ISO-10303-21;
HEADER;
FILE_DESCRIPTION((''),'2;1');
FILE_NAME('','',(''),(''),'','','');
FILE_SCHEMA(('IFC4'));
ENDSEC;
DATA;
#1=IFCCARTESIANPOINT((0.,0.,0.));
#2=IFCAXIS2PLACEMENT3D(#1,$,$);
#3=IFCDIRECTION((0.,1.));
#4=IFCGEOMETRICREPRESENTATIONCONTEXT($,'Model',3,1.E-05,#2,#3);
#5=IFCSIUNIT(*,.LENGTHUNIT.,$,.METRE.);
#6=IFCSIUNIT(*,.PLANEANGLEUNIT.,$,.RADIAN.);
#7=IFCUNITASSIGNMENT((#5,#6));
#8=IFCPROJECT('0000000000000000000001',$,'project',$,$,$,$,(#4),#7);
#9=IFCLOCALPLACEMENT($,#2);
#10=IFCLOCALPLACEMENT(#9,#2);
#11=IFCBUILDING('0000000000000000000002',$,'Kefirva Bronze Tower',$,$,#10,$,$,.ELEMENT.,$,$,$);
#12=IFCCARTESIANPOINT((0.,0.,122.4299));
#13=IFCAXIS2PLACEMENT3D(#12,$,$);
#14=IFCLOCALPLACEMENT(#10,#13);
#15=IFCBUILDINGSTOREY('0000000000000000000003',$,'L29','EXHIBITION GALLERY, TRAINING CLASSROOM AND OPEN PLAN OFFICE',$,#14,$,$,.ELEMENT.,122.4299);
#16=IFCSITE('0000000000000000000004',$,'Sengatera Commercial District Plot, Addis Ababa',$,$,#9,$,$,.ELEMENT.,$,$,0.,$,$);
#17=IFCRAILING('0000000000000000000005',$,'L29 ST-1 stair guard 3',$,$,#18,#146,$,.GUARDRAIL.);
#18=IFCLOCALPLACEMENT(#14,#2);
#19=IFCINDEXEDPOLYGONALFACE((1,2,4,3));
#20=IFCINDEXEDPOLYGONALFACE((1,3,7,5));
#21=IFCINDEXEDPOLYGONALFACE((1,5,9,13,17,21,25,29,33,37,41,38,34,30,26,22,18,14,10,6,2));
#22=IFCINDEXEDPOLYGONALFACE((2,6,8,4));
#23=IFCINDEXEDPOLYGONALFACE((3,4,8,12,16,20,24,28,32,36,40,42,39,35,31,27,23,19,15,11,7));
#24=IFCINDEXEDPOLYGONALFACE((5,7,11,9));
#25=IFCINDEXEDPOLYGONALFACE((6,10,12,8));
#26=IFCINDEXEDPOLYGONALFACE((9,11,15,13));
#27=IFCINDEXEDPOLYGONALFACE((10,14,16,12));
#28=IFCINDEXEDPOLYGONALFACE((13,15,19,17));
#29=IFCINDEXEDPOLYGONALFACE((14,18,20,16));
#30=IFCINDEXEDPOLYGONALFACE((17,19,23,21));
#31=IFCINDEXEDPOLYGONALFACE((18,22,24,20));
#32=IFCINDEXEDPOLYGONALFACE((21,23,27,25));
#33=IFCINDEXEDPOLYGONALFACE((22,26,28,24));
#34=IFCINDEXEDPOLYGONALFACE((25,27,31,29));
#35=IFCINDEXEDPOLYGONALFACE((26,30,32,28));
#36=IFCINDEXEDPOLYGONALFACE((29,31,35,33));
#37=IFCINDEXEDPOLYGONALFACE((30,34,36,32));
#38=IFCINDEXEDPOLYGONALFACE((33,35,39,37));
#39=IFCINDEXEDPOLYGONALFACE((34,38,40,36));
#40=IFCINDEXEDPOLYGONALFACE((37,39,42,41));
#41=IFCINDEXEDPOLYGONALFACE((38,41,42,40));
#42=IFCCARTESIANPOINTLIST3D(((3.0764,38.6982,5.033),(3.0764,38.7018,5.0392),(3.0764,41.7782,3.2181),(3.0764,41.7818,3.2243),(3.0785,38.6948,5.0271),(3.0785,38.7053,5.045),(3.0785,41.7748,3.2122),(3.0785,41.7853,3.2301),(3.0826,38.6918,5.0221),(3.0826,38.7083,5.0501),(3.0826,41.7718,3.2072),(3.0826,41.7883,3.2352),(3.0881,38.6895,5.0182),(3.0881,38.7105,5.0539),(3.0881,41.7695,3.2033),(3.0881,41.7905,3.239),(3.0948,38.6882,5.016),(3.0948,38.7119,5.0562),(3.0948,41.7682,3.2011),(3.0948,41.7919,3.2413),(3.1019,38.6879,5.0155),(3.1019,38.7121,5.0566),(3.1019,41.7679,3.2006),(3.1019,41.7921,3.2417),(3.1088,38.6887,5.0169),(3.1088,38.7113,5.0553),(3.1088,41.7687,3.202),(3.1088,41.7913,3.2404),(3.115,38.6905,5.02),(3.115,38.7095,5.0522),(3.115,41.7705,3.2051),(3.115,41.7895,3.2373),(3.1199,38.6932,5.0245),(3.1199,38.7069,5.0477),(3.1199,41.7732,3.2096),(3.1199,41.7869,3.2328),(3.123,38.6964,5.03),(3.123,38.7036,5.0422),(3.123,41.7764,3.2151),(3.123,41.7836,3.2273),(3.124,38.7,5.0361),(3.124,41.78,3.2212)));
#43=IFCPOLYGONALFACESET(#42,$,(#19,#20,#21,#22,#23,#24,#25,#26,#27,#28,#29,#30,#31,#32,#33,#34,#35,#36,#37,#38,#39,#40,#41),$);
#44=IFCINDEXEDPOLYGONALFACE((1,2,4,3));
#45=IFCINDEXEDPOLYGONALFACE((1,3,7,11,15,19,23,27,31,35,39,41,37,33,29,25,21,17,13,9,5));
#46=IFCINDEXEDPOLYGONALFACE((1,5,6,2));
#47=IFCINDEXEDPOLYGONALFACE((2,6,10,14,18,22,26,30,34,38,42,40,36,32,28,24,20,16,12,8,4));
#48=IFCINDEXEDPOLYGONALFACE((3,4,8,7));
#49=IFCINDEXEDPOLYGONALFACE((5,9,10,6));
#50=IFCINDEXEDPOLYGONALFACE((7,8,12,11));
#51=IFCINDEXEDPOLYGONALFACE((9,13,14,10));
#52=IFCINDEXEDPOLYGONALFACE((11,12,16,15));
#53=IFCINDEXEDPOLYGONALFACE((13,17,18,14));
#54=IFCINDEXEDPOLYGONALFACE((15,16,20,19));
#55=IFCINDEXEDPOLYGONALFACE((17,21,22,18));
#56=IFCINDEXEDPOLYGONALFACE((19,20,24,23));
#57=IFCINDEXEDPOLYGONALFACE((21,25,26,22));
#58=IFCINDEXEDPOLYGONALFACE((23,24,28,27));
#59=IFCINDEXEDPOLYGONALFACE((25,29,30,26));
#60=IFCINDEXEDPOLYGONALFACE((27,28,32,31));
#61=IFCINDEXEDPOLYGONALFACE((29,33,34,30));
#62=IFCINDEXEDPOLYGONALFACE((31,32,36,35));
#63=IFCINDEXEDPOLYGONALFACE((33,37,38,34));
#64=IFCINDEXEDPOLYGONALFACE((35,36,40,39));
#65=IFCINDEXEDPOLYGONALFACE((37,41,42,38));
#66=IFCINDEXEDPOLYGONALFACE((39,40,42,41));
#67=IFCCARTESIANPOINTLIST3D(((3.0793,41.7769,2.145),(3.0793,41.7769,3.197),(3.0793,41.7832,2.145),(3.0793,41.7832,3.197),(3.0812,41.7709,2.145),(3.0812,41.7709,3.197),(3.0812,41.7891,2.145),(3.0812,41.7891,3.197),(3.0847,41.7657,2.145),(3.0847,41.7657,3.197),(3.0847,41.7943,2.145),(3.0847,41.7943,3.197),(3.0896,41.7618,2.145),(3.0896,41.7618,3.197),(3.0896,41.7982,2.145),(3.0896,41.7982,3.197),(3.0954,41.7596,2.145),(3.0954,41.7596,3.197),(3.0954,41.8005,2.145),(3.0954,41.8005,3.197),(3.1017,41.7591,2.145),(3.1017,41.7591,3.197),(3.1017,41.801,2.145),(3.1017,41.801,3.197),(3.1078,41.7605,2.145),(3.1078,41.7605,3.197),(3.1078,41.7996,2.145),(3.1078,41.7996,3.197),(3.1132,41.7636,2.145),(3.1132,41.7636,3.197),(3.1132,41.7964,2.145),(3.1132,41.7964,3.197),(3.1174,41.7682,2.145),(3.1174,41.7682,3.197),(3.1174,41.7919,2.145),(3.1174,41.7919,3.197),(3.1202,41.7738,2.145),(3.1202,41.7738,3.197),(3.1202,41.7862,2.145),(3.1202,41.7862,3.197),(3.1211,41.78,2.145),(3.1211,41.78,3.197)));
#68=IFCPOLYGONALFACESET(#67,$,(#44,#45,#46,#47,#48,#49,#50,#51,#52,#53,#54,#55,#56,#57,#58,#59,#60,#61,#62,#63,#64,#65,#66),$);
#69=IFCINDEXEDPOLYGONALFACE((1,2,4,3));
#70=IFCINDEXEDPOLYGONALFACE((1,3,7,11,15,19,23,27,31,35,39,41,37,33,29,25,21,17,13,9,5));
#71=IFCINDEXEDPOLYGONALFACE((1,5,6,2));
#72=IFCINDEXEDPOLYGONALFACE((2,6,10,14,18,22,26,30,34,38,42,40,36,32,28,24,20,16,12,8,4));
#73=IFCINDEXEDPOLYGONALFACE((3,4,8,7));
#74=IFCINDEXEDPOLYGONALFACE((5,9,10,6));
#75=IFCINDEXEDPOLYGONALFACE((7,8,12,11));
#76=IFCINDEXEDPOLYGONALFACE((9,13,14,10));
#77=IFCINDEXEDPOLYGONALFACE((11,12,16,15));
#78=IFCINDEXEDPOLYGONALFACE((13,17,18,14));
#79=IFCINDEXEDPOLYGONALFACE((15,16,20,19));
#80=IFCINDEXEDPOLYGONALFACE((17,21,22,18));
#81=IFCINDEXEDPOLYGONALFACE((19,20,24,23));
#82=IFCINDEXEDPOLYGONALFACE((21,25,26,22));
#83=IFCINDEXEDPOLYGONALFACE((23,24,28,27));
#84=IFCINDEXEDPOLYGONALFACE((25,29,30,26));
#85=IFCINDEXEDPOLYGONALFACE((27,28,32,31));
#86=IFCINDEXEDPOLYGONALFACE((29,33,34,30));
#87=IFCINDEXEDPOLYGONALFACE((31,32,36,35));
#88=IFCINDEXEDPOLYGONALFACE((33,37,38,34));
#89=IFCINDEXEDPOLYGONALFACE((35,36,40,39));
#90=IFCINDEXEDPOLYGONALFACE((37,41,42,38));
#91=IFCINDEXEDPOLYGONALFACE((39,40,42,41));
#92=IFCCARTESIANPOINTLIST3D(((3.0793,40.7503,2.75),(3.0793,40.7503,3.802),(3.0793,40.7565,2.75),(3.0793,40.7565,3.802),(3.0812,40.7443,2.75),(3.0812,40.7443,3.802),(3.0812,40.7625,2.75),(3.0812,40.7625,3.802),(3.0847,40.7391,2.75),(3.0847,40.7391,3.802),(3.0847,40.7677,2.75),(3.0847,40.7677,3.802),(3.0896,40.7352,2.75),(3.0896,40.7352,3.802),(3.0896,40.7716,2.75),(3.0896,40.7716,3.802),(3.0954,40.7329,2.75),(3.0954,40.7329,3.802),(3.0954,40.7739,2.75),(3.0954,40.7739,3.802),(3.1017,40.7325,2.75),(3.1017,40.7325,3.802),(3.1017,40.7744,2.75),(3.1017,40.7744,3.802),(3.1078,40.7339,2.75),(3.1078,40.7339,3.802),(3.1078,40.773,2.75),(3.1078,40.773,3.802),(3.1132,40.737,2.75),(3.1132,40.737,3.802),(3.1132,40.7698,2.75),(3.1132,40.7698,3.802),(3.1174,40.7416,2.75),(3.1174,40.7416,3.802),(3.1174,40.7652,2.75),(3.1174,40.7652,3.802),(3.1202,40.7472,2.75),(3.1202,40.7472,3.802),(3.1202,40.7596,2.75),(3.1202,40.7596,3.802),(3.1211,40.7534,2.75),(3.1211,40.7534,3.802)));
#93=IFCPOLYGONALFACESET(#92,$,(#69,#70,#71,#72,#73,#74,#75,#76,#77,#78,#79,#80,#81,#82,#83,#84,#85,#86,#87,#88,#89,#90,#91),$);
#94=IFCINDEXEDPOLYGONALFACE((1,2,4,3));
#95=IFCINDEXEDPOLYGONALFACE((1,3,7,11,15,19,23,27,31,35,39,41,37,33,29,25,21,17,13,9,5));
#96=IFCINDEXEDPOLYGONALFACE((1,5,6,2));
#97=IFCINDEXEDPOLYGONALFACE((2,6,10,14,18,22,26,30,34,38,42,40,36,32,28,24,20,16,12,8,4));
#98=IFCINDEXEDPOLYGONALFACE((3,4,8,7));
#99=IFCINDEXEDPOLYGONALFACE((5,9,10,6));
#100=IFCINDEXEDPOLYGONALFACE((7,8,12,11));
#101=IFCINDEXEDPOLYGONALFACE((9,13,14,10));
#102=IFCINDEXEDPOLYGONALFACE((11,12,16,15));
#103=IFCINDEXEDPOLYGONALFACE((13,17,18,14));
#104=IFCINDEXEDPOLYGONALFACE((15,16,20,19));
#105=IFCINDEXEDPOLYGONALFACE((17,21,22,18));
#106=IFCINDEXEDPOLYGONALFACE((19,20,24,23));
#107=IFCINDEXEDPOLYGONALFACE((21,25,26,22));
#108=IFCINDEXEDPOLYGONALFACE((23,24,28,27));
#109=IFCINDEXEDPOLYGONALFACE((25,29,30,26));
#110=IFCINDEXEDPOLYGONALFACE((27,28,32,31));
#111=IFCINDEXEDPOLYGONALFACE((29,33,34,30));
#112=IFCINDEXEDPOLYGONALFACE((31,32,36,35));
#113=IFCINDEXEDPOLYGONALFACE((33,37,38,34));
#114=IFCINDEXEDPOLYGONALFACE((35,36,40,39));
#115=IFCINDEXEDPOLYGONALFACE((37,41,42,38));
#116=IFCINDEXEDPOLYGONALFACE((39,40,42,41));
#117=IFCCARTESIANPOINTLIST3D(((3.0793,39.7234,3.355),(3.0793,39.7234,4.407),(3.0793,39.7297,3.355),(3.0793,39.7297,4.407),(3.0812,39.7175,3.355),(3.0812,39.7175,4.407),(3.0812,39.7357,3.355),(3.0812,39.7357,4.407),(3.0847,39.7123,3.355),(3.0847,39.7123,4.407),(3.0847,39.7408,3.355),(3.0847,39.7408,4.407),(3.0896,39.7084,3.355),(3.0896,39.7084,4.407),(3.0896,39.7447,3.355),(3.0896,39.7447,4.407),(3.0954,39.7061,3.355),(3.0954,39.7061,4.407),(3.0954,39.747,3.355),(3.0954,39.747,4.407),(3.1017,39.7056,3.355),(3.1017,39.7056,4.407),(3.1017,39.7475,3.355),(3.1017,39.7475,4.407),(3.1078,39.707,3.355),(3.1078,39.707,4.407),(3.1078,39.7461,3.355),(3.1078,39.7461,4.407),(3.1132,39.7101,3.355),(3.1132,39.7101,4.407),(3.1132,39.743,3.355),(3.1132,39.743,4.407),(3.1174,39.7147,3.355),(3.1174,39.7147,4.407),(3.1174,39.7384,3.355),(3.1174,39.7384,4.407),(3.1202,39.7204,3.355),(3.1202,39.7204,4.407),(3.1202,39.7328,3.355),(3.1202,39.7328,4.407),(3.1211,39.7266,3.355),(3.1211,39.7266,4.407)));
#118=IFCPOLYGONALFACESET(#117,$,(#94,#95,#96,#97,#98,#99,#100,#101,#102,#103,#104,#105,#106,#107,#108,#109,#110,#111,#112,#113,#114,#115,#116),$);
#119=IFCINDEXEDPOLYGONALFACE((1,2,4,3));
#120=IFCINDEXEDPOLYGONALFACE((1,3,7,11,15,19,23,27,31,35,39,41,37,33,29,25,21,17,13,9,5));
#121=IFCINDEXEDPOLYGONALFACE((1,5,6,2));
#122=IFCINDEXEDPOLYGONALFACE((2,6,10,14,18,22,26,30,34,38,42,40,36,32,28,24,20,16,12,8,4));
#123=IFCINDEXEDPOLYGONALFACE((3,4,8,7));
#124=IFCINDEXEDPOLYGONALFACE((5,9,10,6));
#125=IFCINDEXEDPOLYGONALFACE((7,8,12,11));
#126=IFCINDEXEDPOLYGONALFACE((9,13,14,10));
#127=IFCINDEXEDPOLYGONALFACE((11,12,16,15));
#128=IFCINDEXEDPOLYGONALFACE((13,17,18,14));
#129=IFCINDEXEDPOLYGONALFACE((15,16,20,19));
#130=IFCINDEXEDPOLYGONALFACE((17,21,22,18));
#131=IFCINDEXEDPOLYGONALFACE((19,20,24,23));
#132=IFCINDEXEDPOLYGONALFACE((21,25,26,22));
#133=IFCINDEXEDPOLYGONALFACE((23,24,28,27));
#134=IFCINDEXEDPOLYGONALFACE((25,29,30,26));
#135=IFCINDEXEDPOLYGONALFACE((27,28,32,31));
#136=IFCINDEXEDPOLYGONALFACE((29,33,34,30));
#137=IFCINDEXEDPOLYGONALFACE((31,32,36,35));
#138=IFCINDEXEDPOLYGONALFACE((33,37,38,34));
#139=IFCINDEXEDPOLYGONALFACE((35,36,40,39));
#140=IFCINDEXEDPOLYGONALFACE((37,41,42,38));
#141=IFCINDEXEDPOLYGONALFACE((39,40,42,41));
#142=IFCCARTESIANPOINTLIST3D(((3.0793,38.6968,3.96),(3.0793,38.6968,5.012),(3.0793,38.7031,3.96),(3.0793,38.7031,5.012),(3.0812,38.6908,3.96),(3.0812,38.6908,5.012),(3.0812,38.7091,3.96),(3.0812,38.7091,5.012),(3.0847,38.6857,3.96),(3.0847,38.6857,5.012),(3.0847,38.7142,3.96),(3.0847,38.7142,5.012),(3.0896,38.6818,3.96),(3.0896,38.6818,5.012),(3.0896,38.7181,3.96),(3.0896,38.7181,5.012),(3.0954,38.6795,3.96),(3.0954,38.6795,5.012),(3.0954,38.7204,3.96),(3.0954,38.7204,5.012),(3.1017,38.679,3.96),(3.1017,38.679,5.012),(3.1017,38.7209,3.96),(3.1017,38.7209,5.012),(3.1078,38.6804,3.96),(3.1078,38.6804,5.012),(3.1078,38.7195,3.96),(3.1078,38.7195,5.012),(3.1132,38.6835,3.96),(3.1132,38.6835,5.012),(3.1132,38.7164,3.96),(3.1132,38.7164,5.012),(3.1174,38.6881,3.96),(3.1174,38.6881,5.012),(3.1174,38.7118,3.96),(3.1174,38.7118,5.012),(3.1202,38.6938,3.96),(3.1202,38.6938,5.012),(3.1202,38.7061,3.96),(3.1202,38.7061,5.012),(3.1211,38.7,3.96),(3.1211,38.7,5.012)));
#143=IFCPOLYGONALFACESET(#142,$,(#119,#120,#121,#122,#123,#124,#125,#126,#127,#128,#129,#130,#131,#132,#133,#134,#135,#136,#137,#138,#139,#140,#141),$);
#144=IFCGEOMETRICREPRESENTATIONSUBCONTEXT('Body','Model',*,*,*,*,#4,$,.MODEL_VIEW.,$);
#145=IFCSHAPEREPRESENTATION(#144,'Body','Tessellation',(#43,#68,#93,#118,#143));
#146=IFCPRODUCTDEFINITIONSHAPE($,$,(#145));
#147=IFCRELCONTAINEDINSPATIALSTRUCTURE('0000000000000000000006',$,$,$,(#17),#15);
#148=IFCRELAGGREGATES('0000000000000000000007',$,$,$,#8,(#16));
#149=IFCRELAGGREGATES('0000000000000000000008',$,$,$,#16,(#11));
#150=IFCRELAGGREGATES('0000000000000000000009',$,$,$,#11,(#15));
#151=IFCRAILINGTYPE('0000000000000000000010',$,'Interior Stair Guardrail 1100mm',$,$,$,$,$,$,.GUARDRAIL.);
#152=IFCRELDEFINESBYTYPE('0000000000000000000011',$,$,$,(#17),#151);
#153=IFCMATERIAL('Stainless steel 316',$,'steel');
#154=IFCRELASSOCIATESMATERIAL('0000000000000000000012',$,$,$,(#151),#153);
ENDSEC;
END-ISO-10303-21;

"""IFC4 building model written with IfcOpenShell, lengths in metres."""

from ifc_helpers import new_model, si_unit, direction, frame, origin, origin_2d, place, context, subcontext, project, spatial, circle, extrude, material, type_object, element, save


model = new_model("IFC4")

# Units and contexts
model_context = context("Model", 3, precision=1e-05, world=origin(), true_north=direction((0.0, 1.0)))
body_context = subcontext(model_context, "Body", "Model", "MODEL_VIEW")
ifc_project = project(units=[si_unit("LENGTHUNIT", "METRE"), si_unit("PLANEANGLEUNIT", "RADIAN")], contexts=[model_context])

# Site, building, storey
site_placement = place(None, origin())
site = spatial("IfcSite", under=ifc_project, at=site_placement, Name="Sengatera Commercial District Plot, Addis Ababa", CompositionType="ELEMENT", RefElevation=0.0)
building_placement = place(site_placement, origin())
building = spatial("IfcBuilding", under=site, at=building_placement, Name="Kefirva Bronze Tower", CompositionType="ELEMENT")
storey_placement = place(building_placement, frame((0.0, 0.0, 122.4299)))
storey = spatial("IfcBuildingStorey", under=building, at=storey_placement, Name="L29", Description="EXHIBITION GALLERY, TRAINING CLASSROOM AND OPEN PLAN OFFICE", CompositionType="ELEMENT", Elevation=122.4299)

# Railing
ifc_material_1 = material(Name="Stainless steel 316", Category="steel")
railing_type_1 = type_object("IfcRailingType", Name="Interior Stair Guardrail 1100mm", PredefinedType="GUARDRAIL", material=ifc_material_1)
railing_1_placement = place(storey_placement, frame((3.1001, 41.78, 2.145)))
element("IfcRailing", 1, at=railing_1_placement, inside=storey, type_object=railing_type_1, Name="L29 ST-1 stair guard 3", PredefinedType="GUARDRAIL", context=body_context, shape_type="SweptSolid", body=[
    extrude(circle(Radius=0.0239, at=origin_2d()), frame((0.0, 0.0, 1.0762), z_axis=(0.0, -0.861551, 0.507671), x_axis=(1.0, 0.0, 0.0)), (0.0, 0.0, 1.0), 3.575),
    extrude(circle(Radius=0.021, at=origin_2d()), origin(), (0.0, 0.0, 1.0), 1.052),
    extrude(circle(Radius=0.021, at=origin_2d()), frame((0.0, -1.0266, 0.605)), (0.0, 0.0, 1.0), 1.052),
    extrude(circle(Radius=0.021, at=origin_2d()), frame((0.0, -2.0535, 1.21)), (0.0, 0.0, 1.0), 1.052),
    extrude(circle(Radius=0.021, at=origin_2d()), frame((0.0, -3.0801, 1.8149)), (0.0, 0.0, 1.0), 1.052),
])

save(model, "model.ifc")
